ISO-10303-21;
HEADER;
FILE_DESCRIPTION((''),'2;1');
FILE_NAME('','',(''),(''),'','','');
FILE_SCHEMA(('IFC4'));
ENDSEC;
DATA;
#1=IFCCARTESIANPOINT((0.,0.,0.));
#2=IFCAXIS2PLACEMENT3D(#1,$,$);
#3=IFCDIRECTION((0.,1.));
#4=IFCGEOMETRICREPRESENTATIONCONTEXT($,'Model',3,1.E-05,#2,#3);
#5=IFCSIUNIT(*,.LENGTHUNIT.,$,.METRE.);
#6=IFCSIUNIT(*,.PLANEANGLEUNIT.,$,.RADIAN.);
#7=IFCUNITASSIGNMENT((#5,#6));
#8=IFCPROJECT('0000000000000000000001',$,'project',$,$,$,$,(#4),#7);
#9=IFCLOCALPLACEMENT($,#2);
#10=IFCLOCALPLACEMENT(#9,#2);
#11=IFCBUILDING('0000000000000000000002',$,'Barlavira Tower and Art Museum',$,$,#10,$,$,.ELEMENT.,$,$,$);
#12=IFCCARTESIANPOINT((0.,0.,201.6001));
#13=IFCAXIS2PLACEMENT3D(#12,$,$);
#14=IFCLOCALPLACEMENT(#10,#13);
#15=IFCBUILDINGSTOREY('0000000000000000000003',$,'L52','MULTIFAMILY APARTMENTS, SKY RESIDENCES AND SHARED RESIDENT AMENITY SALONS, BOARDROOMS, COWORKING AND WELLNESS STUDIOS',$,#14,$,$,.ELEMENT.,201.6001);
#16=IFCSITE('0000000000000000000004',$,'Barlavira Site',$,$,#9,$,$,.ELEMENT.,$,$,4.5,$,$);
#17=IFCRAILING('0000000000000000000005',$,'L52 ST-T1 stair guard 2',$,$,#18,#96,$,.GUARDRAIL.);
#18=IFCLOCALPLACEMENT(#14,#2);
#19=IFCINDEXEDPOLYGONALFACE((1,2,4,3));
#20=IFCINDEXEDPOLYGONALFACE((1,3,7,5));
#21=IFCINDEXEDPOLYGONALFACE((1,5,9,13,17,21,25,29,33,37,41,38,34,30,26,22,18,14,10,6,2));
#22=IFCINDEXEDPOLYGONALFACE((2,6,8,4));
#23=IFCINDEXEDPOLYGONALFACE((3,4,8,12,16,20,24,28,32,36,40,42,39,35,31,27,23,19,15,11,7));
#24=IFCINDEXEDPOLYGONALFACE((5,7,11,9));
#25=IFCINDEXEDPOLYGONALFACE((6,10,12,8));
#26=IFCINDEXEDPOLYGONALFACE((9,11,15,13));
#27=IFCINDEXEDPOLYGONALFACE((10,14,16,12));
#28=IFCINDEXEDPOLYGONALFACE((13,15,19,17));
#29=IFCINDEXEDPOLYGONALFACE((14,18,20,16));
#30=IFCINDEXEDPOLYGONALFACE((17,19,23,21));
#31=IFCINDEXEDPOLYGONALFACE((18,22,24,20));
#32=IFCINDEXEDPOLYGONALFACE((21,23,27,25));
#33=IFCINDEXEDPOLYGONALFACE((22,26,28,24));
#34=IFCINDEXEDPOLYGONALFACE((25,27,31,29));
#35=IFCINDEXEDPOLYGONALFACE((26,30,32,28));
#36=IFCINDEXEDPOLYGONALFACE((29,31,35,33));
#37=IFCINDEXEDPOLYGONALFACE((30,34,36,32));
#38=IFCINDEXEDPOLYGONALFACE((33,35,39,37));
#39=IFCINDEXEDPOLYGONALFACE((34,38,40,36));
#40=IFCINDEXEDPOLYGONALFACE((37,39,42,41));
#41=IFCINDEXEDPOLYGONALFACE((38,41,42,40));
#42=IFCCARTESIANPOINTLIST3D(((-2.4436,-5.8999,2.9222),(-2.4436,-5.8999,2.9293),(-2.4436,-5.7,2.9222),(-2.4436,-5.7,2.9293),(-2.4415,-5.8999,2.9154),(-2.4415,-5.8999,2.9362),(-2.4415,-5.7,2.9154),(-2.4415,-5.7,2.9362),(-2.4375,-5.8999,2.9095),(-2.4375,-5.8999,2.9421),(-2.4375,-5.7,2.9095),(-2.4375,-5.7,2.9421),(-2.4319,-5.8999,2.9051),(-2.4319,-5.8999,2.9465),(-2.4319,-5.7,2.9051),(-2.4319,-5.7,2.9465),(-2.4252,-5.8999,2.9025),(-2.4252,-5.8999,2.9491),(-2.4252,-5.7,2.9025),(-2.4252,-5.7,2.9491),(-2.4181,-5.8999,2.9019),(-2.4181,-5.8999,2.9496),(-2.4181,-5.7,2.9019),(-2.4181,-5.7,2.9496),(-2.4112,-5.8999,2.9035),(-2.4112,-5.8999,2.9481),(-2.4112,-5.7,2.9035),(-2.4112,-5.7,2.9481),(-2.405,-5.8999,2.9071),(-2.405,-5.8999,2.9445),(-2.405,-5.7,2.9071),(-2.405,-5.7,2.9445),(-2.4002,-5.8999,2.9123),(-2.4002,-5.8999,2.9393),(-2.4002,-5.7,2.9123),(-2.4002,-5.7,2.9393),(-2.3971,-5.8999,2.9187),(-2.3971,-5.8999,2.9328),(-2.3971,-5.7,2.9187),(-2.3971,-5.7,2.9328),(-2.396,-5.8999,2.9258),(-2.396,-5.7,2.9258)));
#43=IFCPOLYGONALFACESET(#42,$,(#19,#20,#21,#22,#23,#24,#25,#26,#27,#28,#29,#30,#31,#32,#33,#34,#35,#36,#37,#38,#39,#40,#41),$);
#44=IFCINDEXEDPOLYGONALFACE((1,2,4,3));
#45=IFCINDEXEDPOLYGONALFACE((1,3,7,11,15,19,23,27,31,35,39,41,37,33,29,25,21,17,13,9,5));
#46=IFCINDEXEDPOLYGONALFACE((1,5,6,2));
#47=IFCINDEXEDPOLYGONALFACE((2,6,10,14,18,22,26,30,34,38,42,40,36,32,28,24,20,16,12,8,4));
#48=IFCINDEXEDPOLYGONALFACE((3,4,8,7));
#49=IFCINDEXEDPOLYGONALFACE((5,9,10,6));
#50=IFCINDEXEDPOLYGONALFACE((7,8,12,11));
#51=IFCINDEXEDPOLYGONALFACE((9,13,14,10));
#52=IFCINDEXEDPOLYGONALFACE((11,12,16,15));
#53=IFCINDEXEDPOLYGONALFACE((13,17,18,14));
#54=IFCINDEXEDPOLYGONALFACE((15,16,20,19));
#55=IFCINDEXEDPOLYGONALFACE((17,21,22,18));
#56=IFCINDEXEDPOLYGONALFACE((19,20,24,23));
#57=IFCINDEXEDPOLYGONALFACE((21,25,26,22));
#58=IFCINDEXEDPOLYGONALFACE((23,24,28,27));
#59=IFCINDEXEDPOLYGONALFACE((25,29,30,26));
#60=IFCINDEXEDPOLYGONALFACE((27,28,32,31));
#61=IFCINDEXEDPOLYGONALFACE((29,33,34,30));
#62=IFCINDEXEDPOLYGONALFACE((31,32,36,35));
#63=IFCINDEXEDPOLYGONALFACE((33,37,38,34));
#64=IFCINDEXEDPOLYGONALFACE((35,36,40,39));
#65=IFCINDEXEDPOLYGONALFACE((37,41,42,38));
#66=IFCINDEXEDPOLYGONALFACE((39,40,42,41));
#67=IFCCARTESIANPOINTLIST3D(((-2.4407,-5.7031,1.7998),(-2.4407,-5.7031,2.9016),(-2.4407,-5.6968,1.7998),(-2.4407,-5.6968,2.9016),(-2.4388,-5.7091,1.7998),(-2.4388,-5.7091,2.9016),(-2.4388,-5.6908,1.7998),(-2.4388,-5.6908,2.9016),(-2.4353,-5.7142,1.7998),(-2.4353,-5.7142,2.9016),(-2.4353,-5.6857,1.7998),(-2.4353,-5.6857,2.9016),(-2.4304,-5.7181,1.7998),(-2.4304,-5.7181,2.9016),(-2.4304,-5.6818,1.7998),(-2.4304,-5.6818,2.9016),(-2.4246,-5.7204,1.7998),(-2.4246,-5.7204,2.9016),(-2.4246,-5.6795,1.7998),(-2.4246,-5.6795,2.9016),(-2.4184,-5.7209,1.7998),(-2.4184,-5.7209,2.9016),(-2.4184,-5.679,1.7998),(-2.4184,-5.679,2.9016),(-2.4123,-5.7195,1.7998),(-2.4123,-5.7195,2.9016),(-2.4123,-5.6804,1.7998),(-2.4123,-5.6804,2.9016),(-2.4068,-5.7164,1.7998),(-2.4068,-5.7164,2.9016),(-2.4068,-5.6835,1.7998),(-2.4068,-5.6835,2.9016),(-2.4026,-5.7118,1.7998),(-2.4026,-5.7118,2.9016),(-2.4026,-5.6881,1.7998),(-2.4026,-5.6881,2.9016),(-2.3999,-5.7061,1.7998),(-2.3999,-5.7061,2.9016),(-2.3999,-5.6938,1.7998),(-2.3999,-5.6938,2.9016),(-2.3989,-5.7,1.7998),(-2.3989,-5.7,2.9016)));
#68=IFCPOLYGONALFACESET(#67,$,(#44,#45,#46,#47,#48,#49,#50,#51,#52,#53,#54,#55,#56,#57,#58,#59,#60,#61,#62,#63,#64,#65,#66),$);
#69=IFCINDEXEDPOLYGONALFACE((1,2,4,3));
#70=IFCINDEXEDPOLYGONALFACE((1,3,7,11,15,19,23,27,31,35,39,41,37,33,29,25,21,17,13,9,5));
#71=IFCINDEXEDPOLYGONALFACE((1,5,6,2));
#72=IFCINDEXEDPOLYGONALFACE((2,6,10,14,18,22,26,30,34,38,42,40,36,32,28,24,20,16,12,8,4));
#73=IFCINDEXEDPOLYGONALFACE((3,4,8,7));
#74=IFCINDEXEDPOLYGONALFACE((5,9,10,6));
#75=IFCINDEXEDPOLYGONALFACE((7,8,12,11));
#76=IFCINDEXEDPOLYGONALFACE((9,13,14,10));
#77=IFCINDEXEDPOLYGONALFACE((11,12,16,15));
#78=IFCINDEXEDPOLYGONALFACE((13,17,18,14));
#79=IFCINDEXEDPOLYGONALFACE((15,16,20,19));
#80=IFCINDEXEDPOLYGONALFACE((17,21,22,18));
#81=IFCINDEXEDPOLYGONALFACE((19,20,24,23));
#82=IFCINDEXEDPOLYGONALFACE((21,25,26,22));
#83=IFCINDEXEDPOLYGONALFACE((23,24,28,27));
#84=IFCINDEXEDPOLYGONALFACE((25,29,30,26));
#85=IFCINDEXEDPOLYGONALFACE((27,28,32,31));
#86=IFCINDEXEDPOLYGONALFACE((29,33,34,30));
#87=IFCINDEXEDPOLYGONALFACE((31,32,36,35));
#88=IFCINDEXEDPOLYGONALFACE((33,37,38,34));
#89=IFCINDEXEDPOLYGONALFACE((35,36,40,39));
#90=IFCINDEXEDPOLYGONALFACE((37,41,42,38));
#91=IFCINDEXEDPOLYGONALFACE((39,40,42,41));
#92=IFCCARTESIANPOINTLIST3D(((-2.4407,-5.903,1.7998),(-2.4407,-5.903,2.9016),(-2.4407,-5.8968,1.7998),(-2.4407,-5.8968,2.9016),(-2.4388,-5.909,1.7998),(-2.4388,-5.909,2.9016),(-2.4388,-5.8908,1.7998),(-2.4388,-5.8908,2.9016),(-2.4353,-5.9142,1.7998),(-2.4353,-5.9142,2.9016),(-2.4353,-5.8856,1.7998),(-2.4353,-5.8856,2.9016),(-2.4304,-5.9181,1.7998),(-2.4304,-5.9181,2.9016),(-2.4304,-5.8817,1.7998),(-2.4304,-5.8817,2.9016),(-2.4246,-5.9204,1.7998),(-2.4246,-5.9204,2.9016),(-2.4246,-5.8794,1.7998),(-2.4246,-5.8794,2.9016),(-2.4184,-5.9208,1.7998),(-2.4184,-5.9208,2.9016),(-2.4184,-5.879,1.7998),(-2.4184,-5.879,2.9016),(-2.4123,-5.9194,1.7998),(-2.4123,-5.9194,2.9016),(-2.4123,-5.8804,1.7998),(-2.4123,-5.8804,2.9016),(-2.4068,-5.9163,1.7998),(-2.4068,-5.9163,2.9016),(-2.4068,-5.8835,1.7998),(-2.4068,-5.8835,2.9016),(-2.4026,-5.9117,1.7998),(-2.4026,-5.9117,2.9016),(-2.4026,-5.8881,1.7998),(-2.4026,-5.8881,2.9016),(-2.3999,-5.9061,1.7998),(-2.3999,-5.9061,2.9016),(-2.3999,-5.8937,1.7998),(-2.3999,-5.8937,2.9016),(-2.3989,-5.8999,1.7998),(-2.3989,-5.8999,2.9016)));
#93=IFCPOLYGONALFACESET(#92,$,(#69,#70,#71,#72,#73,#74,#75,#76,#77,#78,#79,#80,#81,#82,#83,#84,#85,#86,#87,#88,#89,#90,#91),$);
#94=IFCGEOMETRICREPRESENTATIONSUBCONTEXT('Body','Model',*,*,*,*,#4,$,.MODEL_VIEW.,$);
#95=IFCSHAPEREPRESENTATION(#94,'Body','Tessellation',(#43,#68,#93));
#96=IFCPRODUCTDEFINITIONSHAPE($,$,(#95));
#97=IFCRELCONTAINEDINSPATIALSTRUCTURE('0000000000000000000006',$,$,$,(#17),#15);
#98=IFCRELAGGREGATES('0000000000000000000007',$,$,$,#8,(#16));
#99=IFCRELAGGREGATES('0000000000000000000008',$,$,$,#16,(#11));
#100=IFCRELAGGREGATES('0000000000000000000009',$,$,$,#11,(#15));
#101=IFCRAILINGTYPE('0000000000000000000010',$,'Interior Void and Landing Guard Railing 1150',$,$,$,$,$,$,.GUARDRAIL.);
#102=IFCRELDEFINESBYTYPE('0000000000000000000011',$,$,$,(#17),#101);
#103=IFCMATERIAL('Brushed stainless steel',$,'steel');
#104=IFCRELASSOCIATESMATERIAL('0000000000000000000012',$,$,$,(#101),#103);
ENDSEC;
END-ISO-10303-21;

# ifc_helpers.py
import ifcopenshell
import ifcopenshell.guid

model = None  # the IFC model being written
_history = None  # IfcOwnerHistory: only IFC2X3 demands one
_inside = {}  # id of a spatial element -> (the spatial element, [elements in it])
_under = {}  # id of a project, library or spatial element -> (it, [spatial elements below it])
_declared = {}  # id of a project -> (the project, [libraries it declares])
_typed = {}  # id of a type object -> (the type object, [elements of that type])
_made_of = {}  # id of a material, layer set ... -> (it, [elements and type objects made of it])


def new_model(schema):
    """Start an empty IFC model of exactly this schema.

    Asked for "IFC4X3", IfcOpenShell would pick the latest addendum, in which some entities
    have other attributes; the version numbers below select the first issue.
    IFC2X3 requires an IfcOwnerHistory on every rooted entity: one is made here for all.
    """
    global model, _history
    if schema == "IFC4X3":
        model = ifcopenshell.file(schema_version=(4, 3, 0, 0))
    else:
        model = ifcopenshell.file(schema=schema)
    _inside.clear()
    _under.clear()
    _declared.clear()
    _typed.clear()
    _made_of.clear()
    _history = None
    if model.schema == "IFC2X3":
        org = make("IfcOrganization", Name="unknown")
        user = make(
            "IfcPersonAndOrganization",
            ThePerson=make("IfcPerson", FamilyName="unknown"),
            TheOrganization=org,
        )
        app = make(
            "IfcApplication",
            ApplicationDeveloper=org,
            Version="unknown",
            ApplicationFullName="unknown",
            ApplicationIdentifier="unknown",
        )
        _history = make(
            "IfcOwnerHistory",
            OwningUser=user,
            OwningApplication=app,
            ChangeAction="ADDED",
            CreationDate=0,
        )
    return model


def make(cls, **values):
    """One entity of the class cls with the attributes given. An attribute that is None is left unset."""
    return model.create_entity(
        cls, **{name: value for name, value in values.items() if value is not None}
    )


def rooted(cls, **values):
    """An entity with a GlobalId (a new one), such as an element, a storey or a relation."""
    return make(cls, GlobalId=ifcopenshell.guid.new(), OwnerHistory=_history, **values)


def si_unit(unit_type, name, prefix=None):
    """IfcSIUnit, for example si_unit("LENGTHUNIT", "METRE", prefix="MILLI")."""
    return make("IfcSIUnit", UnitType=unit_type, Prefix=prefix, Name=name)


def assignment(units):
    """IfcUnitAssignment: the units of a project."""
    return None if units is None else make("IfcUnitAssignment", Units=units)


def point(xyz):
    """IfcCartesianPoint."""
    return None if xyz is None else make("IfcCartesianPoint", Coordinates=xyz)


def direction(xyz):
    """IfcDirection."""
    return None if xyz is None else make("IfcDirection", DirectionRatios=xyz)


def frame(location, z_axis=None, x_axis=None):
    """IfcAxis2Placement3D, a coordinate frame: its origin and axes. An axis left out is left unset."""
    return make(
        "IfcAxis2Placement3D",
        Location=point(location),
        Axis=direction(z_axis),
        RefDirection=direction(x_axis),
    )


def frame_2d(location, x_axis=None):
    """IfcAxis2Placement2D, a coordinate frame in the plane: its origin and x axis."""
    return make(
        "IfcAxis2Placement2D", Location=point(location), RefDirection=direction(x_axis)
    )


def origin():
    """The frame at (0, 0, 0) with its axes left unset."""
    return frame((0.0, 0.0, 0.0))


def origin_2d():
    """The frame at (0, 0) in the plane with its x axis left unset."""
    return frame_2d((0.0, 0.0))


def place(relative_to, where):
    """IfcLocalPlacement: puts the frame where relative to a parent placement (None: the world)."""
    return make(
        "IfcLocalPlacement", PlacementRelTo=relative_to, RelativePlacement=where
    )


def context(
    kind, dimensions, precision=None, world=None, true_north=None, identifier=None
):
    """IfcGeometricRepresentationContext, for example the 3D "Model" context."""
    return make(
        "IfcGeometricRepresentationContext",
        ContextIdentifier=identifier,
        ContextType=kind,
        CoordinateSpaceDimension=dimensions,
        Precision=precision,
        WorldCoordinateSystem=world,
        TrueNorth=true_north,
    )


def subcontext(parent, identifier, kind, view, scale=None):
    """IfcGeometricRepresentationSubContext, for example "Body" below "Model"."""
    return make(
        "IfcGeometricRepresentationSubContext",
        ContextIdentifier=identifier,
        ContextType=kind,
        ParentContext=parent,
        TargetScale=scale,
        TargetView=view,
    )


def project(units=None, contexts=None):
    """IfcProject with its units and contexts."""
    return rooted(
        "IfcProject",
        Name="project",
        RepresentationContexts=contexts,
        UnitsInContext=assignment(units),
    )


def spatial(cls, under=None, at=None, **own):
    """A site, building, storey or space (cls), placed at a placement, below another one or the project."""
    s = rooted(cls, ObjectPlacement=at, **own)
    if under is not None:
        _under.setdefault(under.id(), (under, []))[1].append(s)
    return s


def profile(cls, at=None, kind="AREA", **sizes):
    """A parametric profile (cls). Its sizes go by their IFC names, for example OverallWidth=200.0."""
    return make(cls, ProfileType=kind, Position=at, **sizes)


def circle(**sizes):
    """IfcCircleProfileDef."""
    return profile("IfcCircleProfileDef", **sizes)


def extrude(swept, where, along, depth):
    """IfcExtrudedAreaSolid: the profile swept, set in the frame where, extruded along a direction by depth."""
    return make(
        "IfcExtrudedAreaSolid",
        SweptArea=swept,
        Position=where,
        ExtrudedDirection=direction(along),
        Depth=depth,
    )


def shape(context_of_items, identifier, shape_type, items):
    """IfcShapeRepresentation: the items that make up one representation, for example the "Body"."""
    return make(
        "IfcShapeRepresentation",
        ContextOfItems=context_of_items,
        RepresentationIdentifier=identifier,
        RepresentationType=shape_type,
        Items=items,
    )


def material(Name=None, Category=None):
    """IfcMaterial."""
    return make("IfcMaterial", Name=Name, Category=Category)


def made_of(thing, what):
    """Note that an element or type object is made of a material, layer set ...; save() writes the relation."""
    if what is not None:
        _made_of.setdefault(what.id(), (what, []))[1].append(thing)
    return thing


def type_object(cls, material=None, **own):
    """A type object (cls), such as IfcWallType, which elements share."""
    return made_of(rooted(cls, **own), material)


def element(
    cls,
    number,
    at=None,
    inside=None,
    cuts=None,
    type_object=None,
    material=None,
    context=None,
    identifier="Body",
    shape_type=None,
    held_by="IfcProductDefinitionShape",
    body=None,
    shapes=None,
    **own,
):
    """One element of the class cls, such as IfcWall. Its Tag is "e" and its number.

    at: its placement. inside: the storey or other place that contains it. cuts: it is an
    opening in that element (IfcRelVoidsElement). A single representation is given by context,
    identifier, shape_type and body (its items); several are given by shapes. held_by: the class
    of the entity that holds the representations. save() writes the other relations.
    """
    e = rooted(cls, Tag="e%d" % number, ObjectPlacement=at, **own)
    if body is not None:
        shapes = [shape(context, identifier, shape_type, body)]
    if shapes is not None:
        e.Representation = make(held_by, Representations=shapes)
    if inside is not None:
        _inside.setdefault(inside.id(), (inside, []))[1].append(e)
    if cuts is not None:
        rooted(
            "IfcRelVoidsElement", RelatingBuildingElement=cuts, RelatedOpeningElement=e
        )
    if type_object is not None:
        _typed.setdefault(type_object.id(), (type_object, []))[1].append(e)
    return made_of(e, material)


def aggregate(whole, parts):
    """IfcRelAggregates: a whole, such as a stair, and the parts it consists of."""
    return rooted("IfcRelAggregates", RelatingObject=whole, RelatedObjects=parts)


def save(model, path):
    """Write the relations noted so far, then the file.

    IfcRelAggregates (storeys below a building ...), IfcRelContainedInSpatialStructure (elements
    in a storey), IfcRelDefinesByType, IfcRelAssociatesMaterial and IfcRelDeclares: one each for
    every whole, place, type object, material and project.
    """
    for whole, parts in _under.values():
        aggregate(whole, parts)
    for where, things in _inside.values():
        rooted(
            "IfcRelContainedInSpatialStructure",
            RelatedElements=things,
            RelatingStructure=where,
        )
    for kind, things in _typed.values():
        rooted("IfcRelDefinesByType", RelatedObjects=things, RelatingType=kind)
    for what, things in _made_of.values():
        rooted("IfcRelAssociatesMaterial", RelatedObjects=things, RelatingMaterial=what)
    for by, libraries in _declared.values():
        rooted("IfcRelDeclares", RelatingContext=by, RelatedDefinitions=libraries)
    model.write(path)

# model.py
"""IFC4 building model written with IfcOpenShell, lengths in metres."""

from ifc_helpers import new_model, si_unit, direction, frame, origin, origin_2d, place, context, subcontext, project, spatial, circle, extrude, material, type_object, element, save


model = new_model("IFC4")

# Units and contexts
model_context = context("Model", 3, precision=1e-05, world=origin(), true_north=direction((0.0, 1.0)))
body_context = subcontext(model_context, "Body", "Model", "MODEL_VIEW")
ifc_project = project(units=[si_unit("LENGTHUNIT", "METRE"), si_unit("PLANEANGLEUNIT", "RADIAN")], contexts=[model_context])

# Site, building, storey
site_placement = place(None, origin())
site = spatial("IfcSite", under=ifc_project, at=site_placement, Name="Barlavira Site", CompositionType="ELEMENT", RefElevation=4.5)
building_placement = place(site_placement, origin())
building = spatial("IfcBuilding", under=site, at=building_placement, Name="Barlavira Tower and Art Museum", CompositionType="ELEMENT")
storey_placement = place(building_placement, frame((0.0, 0.0, 201.6001)))
storey = spatial("IfcBuildingStorey", under=building, at=storey_placement, Name="L52", Description="MULTIFAMILY APARTMENTS, SKY RESIDENCES AND SHARED RESIDENT AMENITY SALONS, BOARDROOMS, COWORKING AND WELLNESS STUDIOS", CompositionType="ELEMENT", Elevation=201.6001)

# Shared definitions
ifc_material_1 = material(Name="Brushed stainless steel", Category="steel")

# Railing
railing_type_1 = type_object("IfcRailingType", Name="Interior Void and Landing Guard Railing 1150", PredefinedType="GUARDRAIL", material=ifc_material_1)
railing_1_placement = place(storey_placement, frame((-2.4199, -5.7, 1.7998)))
element("IfcRailing", 1, at=railing_1_placement, inside=storey, type_object=railing_type_1, Name="L52 ST-T1 stair guard 2", PredefinedType="GUARDRAIL", context=body_context, shape_type="SweptSolid", body=[
    extrude(circle(Radius=0.0239, at=origin_2d()), frame((0.0, 0.0, 1.126), z_axis=(0.0, -1.0, 0.0), x_axis=(1.0, 0.0, 0.0)), (0.0, 0.0, 1.0), 0.2),
    extrude(circle(Radius=0.021, at=origin_2d()), origin(), (0.0, 0.0, 1.0), 1.1018),
    extrude(circle(Radius=0.021, at=origin_2d()), frame((0.0, -0.2, 0.0)), (0.0, 0.0, 1.0), 1.1018),
])

save(model, "model.ifc")
